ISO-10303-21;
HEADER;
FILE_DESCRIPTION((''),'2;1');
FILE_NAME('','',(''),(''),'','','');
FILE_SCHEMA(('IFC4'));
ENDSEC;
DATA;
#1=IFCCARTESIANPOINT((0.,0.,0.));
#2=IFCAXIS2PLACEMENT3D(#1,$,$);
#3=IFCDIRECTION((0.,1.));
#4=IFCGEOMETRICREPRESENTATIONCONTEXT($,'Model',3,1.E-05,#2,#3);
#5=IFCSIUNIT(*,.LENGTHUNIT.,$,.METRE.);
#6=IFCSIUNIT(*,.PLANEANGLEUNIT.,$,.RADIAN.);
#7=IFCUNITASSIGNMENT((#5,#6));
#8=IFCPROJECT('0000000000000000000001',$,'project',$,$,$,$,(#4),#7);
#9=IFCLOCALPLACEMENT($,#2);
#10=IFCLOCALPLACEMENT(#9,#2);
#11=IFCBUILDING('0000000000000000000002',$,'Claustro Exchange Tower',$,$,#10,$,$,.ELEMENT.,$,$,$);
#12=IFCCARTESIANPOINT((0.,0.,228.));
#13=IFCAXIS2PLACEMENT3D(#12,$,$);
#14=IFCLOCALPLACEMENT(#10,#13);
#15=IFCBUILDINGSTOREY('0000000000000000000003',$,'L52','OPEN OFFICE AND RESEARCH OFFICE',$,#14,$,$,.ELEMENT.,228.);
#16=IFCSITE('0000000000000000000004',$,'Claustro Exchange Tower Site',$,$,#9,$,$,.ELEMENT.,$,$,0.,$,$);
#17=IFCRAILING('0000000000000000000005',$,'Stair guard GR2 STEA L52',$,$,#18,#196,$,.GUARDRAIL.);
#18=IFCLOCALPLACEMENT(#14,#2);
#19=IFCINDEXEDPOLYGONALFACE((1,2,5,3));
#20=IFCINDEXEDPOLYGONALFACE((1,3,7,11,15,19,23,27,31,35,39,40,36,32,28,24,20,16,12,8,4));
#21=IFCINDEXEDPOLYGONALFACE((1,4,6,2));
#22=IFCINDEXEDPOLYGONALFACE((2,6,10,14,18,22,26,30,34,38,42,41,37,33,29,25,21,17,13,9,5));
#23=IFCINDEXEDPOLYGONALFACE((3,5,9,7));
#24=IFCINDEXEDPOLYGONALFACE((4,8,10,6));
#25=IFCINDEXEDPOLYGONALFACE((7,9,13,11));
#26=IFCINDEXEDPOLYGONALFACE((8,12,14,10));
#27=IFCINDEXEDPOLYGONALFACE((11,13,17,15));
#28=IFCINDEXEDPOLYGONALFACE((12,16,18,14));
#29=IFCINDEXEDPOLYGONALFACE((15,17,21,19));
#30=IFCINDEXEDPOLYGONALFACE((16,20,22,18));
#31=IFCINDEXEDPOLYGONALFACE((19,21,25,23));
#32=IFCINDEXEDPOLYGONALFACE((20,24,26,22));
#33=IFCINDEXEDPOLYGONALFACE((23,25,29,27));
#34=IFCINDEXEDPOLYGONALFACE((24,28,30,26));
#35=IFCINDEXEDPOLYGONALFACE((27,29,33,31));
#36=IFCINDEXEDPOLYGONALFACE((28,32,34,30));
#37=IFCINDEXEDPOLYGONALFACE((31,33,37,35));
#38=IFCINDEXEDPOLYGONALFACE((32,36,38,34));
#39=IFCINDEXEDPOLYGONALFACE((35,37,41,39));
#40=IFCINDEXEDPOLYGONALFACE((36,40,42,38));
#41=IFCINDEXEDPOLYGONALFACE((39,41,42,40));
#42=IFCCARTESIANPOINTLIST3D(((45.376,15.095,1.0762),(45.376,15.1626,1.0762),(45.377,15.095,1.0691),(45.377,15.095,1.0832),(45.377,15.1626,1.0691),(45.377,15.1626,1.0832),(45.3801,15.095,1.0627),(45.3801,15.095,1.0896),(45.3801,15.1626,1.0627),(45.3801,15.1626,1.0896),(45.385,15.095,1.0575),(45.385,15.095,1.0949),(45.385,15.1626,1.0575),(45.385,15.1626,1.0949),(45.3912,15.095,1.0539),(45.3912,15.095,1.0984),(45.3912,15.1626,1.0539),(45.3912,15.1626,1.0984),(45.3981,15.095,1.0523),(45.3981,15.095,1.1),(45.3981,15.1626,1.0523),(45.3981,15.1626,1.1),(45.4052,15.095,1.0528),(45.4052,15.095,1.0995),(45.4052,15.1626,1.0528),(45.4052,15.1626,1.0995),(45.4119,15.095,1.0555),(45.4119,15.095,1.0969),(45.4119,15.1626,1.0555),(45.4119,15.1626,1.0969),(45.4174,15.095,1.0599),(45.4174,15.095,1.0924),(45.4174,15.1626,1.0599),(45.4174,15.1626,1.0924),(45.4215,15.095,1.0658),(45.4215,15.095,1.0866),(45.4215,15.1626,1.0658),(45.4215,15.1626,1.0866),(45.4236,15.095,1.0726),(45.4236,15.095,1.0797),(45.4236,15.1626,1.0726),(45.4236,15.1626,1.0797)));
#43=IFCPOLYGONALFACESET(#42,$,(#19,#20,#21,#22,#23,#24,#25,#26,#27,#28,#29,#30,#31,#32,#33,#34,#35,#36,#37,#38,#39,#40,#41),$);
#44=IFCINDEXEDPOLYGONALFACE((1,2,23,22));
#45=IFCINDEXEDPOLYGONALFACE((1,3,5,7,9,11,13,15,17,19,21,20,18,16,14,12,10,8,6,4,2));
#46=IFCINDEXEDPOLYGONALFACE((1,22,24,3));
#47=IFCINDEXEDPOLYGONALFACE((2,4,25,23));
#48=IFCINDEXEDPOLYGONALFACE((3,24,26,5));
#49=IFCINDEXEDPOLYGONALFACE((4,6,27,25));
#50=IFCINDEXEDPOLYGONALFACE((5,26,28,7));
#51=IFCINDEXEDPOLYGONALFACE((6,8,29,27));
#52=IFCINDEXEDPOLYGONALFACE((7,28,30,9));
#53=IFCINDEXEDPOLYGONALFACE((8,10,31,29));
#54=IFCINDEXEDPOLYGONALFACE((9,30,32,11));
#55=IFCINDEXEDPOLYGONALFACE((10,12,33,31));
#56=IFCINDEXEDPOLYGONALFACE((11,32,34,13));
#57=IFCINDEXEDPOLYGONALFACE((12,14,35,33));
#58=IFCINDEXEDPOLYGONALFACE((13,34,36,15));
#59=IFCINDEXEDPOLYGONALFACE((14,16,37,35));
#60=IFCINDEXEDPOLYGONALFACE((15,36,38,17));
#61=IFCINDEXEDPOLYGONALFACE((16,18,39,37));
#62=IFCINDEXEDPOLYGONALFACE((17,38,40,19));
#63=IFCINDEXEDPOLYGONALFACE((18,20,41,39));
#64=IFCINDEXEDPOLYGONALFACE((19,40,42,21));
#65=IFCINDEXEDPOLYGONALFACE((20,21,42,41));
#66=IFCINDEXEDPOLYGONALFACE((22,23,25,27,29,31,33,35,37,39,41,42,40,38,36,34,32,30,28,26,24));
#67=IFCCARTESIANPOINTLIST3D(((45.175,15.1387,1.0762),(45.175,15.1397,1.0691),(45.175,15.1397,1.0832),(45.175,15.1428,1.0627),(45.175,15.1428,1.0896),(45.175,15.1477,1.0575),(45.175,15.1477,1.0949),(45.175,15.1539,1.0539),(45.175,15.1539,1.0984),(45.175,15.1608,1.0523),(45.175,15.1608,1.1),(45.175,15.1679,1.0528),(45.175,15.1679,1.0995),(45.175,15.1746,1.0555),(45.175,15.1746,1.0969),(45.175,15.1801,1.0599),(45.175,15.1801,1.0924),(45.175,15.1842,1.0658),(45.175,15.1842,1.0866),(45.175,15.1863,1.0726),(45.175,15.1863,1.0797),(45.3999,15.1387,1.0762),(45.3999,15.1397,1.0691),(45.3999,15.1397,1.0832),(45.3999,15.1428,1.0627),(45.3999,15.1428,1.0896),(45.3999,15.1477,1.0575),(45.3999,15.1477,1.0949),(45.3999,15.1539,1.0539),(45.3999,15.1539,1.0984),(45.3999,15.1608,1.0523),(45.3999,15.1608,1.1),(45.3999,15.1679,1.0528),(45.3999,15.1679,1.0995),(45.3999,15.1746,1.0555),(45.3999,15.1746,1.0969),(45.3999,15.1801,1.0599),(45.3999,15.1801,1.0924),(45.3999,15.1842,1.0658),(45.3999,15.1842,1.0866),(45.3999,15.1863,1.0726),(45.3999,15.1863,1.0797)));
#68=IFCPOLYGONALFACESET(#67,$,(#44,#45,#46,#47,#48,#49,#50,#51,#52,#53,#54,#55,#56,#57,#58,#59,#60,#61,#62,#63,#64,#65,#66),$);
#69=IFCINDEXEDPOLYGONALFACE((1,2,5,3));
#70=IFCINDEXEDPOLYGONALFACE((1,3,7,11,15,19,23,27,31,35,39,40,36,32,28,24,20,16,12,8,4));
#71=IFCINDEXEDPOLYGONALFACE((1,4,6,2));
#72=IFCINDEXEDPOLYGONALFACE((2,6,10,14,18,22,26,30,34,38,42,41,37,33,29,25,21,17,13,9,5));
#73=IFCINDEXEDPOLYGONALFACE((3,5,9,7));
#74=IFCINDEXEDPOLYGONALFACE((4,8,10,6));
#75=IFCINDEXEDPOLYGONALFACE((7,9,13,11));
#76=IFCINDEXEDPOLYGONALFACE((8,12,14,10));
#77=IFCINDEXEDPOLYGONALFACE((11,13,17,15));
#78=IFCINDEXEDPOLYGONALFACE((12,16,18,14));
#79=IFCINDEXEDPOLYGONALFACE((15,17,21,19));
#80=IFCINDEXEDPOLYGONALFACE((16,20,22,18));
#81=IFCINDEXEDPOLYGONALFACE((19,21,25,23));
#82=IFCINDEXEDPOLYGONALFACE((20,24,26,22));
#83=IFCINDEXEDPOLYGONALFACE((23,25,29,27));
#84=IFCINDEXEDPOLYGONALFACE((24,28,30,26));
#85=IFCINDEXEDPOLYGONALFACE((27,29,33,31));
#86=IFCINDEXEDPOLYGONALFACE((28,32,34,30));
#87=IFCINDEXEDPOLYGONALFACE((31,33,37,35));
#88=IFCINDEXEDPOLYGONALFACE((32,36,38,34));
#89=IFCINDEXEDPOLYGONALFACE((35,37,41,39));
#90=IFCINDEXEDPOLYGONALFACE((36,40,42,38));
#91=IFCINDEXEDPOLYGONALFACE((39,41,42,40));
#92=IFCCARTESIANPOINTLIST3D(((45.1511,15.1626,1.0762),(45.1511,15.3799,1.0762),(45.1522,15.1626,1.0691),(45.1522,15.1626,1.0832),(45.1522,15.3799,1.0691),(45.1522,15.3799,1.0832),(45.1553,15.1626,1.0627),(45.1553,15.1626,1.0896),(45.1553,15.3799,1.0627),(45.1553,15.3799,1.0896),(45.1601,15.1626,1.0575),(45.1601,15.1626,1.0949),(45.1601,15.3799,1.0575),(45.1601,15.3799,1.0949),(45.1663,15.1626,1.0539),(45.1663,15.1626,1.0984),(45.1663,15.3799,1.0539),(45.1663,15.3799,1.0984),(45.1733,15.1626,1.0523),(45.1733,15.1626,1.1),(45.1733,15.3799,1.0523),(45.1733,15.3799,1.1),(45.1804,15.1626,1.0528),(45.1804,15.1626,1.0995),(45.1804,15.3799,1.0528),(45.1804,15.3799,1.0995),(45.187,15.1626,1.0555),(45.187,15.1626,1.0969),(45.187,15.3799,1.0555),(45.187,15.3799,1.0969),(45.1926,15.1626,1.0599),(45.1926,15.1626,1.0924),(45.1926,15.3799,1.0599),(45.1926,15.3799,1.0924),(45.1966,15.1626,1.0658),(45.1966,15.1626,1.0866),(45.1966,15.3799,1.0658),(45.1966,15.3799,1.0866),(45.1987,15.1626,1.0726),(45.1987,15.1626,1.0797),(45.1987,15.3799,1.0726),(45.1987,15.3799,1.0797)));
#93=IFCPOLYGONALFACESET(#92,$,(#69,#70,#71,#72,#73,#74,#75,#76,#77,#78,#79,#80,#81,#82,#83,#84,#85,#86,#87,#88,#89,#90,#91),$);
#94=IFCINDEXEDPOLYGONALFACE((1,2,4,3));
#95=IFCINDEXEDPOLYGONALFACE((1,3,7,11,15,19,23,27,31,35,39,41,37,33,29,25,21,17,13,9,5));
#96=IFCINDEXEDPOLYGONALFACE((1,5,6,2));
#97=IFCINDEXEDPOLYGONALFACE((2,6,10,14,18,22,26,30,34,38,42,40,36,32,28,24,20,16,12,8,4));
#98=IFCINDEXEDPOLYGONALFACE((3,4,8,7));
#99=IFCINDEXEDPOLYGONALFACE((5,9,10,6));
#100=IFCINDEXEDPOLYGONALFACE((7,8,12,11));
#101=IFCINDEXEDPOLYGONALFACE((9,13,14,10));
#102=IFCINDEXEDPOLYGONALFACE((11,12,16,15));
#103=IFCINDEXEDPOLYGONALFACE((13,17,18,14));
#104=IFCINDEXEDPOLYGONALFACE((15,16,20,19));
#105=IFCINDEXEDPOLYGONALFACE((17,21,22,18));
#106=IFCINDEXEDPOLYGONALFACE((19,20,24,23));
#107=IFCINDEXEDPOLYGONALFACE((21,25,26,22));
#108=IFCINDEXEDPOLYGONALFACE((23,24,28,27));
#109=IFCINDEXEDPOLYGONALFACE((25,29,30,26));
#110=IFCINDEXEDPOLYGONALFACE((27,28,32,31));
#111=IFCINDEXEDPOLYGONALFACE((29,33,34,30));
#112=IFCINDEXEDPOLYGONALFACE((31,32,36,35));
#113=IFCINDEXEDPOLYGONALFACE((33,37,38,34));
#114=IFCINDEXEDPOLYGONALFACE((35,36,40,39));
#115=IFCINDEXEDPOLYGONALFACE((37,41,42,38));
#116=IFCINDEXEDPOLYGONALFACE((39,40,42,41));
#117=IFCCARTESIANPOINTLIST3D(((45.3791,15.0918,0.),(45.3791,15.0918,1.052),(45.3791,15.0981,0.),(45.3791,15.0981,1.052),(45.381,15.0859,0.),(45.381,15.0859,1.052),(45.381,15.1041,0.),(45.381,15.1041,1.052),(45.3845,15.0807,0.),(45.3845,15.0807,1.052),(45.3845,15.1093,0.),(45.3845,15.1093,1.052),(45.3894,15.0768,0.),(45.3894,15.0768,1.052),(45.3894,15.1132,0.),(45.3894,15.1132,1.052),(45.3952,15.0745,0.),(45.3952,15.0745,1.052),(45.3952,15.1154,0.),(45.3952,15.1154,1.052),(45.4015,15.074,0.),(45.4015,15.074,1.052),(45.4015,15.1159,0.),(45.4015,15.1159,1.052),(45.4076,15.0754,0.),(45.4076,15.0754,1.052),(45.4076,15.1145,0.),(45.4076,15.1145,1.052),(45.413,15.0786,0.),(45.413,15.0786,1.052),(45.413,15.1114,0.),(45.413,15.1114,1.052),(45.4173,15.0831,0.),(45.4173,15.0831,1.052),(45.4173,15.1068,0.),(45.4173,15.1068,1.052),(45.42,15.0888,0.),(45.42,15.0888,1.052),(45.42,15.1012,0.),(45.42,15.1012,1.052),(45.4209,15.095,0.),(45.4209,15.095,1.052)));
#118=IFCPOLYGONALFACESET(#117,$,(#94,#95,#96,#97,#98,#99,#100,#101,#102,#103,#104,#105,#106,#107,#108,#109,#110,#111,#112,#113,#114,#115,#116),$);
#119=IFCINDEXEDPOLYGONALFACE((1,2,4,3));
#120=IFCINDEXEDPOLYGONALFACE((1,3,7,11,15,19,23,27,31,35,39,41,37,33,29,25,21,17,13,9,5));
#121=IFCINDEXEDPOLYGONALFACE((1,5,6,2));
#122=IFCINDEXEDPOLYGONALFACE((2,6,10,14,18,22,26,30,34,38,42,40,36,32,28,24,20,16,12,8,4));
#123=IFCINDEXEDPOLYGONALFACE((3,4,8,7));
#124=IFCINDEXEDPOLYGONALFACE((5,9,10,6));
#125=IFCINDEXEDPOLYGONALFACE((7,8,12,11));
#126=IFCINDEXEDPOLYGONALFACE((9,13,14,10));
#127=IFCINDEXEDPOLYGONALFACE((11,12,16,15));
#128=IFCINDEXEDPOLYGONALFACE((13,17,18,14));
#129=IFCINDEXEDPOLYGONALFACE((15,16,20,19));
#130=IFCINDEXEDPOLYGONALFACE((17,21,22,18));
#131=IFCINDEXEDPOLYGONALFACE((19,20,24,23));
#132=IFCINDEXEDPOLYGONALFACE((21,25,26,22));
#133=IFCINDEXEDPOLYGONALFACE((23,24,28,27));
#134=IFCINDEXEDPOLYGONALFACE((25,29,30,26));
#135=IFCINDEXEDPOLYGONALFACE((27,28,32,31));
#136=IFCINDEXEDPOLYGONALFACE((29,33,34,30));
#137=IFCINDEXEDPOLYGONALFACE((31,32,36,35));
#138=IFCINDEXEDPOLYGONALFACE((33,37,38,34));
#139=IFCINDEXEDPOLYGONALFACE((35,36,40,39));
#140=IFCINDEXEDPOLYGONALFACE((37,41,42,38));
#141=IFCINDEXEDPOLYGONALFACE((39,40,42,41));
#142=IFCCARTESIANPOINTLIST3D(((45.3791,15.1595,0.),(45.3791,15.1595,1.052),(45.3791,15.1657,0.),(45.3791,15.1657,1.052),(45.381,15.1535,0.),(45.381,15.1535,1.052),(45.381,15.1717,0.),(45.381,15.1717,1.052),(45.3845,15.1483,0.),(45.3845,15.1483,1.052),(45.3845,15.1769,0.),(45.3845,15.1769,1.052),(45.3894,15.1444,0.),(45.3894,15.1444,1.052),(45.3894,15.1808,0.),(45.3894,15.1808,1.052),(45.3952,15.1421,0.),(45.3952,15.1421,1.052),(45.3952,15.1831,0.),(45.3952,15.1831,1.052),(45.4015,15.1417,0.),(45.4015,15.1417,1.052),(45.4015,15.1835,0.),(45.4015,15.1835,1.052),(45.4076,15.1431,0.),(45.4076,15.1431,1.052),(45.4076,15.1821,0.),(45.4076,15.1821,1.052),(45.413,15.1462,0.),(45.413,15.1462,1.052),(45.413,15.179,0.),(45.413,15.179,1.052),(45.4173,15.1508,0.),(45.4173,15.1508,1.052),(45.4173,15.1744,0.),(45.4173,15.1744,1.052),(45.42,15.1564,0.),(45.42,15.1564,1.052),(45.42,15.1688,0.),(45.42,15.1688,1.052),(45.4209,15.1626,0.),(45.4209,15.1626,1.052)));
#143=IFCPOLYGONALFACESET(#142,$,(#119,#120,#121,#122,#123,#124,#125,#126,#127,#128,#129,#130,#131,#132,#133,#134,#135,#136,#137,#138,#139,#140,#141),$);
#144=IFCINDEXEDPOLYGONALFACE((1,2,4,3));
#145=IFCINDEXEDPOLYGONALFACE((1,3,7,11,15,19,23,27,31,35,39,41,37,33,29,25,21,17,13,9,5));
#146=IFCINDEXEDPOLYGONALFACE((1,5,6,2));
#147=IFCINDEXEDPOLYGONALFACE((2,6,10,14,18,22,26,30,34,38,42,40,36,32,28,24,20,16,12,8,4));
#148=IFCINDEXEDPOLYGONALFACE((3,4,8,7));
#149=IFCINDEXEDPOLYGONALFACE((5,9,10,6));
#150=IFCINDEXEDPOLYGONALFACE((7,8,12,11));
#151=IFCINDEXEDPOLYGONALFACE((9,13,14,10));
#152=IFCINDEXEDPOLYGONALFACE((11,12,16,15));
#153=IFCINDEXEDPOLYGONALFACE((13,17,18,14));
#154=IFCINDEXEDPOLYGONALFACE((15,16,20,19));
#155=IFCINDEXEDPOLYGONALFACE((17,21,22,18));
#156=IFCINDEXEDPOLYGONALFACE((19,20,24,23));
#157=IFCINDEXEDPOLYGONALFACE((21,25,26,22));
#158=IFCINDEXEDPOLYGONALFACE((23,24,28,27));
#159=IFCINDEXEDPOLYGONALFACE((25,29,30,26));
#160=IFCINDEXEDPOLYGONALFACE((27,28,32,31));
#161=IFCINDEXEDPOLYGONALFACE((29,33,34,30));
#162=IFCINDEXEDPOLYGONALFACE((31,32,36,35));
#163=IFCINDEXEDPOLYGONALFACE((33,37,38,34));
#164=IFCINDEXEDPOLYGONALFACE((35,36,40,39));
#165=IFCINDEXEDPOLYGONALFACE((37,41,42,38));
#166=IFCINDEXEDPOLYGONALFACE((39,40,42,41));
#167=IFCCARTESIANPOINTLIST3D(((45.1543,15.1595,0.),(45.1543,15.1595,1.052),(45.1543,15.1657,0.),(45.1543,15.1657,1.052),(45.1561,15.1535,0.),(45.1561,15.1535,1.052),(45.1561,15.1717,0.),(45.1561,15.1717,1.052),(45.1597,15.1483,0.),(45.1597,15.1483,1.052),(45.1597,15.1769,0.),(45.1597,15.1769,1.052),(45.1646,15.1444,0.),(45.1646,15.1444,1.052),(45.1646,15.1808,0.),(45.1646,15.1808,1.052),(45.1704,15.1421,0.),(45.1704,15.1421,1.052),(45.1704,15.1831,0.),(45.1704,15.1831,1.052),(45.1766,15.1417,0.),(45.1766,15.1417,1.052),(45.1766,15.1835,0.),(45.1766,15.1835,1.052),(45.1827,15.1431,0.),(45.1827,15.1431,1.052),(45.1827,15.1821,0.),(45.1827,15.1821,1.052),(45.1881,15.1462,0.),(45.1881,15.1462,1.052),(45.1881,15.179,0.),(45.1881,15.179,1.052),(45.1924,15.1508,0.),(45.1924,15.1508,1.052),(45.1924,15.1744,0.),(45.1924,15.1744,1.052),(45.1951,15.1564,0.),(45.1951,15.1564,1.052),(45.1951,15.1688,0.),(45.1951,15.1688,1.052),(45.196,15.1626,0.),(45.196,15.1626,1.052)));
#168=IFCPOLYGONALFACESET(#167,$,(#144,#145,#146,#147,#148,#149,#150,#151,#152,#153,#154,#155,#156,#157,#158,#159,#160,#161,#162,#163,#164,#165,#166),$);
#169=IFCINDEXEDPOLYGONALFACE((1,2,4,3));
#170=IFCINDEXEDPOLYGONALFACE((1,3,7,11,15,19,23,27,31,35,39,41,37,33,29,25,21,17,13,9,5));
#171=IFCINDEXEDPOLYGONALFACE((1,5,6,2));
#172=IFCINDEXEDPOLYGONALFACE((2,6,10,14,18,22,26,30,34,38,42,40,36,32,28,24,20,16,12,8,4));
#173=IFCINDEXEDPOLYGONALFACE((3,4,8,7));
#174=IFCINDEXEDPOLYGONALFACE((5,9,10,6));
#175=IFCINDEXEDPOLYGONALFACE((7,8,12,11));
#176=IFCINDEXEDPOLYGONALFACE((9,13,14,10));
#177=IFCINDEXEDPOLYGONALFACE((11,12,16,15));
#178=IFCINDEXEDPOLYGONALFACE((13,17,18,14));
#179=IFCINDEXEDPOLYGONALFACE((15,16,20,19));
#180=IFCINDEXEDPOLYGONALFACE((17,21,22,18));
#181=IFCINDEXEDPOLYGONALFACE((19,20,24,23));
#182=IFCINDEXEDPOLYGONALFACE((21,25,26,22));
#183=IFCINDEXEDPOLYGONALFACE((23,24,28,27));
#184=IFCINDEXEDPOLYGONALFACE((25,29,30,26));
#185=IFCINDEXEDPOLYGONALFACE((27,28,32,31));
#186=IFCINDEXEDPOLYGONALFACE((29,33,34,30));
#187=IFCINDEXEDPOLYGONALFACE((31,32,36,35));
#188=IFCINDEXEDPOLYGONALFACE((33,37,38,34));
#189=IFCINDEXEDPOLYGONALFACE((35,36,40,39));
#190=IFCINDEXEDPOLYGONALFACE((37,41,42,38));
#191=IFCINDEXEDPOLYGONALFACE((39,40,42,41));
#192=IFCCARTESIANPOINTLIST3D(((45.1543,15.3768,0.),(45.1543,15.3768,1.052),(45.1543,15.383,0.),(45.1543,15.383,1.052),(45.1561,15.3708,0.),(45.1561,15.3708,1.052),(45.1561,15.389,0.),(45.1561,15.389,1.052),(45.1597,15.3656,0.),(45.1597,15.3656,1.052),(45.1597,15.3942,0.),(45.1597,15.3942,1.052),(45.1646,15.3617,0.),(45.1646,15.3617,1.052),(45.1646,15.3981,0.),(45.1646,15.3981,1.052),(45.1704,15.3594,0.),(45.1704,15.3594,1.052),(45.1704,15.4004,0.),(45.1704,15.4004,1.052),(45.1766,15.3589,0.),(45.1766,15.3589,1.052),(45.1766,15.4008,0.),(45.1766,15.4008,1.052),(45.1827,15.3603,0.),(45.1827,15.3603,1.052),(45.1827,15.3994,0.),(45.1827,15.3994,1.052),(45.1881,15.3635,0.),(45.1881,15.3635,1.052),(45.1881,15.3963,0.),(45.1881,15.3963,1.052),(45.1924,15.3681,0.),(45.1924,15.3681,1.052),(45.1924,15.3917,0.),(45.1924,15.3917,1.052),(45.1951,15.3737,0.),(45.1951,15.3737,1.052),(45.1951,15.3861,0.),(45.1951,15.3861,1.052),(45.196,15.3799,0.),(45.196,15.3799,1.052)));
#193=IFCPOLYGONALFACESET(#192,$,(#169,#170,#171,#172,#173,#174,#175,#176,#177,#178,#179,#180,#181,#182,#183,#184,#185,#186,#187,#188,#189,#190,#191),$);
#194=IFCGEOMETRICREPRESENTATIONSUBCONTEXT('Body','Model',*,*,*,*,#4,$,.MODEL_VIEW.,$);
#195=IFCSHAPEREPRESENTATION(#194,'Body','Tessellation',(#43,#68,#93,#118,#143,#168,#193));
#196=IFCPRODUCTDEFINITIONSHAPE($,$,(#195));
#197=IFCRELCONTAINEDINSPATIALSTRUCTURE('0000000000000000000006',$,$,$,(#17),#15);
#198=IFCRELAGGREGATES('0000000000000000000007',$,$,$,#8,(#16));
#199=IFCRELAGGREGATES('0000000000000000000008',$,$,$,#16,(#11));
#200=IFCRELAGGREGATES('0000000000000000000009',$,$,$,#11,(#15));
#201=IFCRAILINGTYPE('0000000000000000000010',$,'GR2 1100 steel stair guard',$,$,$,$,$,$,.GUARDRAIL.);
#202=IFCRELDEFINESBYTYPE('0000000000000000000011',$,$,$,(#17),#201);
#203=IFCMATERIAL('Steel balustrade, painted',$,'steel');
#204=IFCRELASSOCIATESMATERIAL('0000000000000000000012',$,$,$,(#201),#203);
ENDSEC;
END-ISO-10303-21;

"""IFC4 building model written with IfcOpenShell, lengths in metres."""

from ifc_helpers import new_model, si_unit, direction, frame, origin, origin_2d, place, context, subcontext, project, spatial, circle, extrude, material, type_object, element, save


model = new_model("IFC4")

# Units and contexts
model_context = context("Model", 3, precision=1e-05, world=origin(), true_north=direction((0.0, 1.0)))
body_context = subcontext(model_context, "Body", "Model", "MODEL_VIEW")
ifc_project = project(units=[si_unit("LENGTHUNIT", "METRE"), si_unit("PLANEANGLEUNIT", "RADIAN")], contexts=[model_context])

# Site, building, storey
site_placement = place(None, origin())
site = spatial("IfcSite", under=ifc_project, at=site_placement, Name="Claustro Exchange Tower Site", CompositionType="ELEMENT", RefElevation=0.0)
building_placement = place(site_placement, origin())
building = spatial("IfcBuilding", under=site, at=building_placement, Name="Claustro Exchange Tower", CompositionType="ELEMENT")
storey_placement = place(building_placement, frame((0.0, 0.0, 228.0)))
storey = spatial("IfcBuildingStorey", under=building, at=storey_placement, Name="L52", Description="OPEN OFFICE AND RESEARCH OFFICE", CompositionType="ELEMENT", Elevation=228.0)

# Railing
ifc_material_1 = material(Name="Steel balustrade, painted", Category="steel")
railing_type_1 = type_object("IfcRailingType", Name="GR2 1100 steel stair guard", PredefinedType="GUARDRAIL", material=ifc_material_1)
railing_1_placement = place(storey_placement, frame((45.3999, 15.095, 0.0)))
element("IfcRailing", 1, at=railing_1_placement, inside=storey, type_object=railing_type_1, Name="Stair guard GR2 STEA L52", PredefinedType="GUARDRAIL", context=body_context, shape_type="SweptSolid", body=[
    extrude(circle(Radius=0.0239, at=origin_2d()), frame((0.0, 0.0, 1.0762), z_axis=(0.0, 1.0, 0.0), x_axis=(-1.0, 0.0, 0.0)), (0.0, 0.0, 1.0), 0.0676),
    extrude(circle(Radius=0.0239, at=origin_2d()), frame((0.0, 0.0676, 1.0762), z_axis=(-1.0, 0.0, 0.0), x_axis=(0.0, -1.0, 0.0)), (0.0, 0.0, 1.0), 0.2249),
    extrude(circle(Radius=0.0239, at=origin_2d()), frame((-0.2249, 0.0676, 1.0762), z_axis=(0.0, 1.0, 0.0), x_axis=(-1.0, 0.0, 0.0)), (0.0, 0.0, 1.0), 0.2173),
    extrude(circle(Radius=0.021, at=origin_2d()), origin(), (0.0, 0.0, 1.0), 1.052),
    extrude(circle(Radius=0.021, at=origin_2d()), frame((0.0, 0.0676, 0.0)), (0.0, 0.0, 1.0), 1.052),
    extrude(circle(Radius=0.021, at=origin_2d()), frame((-0.2249, 0.0676, 0.0)), (0.0, 0.0, 1.0), 1.052),
    extrude(circle(Radius=0.021, at=origin_2d()), frame((-0.2249, 0.2849, 0.0)), (0.0, 0.0, 1.0), 1.052),
])

save(model, "model.ifc")
